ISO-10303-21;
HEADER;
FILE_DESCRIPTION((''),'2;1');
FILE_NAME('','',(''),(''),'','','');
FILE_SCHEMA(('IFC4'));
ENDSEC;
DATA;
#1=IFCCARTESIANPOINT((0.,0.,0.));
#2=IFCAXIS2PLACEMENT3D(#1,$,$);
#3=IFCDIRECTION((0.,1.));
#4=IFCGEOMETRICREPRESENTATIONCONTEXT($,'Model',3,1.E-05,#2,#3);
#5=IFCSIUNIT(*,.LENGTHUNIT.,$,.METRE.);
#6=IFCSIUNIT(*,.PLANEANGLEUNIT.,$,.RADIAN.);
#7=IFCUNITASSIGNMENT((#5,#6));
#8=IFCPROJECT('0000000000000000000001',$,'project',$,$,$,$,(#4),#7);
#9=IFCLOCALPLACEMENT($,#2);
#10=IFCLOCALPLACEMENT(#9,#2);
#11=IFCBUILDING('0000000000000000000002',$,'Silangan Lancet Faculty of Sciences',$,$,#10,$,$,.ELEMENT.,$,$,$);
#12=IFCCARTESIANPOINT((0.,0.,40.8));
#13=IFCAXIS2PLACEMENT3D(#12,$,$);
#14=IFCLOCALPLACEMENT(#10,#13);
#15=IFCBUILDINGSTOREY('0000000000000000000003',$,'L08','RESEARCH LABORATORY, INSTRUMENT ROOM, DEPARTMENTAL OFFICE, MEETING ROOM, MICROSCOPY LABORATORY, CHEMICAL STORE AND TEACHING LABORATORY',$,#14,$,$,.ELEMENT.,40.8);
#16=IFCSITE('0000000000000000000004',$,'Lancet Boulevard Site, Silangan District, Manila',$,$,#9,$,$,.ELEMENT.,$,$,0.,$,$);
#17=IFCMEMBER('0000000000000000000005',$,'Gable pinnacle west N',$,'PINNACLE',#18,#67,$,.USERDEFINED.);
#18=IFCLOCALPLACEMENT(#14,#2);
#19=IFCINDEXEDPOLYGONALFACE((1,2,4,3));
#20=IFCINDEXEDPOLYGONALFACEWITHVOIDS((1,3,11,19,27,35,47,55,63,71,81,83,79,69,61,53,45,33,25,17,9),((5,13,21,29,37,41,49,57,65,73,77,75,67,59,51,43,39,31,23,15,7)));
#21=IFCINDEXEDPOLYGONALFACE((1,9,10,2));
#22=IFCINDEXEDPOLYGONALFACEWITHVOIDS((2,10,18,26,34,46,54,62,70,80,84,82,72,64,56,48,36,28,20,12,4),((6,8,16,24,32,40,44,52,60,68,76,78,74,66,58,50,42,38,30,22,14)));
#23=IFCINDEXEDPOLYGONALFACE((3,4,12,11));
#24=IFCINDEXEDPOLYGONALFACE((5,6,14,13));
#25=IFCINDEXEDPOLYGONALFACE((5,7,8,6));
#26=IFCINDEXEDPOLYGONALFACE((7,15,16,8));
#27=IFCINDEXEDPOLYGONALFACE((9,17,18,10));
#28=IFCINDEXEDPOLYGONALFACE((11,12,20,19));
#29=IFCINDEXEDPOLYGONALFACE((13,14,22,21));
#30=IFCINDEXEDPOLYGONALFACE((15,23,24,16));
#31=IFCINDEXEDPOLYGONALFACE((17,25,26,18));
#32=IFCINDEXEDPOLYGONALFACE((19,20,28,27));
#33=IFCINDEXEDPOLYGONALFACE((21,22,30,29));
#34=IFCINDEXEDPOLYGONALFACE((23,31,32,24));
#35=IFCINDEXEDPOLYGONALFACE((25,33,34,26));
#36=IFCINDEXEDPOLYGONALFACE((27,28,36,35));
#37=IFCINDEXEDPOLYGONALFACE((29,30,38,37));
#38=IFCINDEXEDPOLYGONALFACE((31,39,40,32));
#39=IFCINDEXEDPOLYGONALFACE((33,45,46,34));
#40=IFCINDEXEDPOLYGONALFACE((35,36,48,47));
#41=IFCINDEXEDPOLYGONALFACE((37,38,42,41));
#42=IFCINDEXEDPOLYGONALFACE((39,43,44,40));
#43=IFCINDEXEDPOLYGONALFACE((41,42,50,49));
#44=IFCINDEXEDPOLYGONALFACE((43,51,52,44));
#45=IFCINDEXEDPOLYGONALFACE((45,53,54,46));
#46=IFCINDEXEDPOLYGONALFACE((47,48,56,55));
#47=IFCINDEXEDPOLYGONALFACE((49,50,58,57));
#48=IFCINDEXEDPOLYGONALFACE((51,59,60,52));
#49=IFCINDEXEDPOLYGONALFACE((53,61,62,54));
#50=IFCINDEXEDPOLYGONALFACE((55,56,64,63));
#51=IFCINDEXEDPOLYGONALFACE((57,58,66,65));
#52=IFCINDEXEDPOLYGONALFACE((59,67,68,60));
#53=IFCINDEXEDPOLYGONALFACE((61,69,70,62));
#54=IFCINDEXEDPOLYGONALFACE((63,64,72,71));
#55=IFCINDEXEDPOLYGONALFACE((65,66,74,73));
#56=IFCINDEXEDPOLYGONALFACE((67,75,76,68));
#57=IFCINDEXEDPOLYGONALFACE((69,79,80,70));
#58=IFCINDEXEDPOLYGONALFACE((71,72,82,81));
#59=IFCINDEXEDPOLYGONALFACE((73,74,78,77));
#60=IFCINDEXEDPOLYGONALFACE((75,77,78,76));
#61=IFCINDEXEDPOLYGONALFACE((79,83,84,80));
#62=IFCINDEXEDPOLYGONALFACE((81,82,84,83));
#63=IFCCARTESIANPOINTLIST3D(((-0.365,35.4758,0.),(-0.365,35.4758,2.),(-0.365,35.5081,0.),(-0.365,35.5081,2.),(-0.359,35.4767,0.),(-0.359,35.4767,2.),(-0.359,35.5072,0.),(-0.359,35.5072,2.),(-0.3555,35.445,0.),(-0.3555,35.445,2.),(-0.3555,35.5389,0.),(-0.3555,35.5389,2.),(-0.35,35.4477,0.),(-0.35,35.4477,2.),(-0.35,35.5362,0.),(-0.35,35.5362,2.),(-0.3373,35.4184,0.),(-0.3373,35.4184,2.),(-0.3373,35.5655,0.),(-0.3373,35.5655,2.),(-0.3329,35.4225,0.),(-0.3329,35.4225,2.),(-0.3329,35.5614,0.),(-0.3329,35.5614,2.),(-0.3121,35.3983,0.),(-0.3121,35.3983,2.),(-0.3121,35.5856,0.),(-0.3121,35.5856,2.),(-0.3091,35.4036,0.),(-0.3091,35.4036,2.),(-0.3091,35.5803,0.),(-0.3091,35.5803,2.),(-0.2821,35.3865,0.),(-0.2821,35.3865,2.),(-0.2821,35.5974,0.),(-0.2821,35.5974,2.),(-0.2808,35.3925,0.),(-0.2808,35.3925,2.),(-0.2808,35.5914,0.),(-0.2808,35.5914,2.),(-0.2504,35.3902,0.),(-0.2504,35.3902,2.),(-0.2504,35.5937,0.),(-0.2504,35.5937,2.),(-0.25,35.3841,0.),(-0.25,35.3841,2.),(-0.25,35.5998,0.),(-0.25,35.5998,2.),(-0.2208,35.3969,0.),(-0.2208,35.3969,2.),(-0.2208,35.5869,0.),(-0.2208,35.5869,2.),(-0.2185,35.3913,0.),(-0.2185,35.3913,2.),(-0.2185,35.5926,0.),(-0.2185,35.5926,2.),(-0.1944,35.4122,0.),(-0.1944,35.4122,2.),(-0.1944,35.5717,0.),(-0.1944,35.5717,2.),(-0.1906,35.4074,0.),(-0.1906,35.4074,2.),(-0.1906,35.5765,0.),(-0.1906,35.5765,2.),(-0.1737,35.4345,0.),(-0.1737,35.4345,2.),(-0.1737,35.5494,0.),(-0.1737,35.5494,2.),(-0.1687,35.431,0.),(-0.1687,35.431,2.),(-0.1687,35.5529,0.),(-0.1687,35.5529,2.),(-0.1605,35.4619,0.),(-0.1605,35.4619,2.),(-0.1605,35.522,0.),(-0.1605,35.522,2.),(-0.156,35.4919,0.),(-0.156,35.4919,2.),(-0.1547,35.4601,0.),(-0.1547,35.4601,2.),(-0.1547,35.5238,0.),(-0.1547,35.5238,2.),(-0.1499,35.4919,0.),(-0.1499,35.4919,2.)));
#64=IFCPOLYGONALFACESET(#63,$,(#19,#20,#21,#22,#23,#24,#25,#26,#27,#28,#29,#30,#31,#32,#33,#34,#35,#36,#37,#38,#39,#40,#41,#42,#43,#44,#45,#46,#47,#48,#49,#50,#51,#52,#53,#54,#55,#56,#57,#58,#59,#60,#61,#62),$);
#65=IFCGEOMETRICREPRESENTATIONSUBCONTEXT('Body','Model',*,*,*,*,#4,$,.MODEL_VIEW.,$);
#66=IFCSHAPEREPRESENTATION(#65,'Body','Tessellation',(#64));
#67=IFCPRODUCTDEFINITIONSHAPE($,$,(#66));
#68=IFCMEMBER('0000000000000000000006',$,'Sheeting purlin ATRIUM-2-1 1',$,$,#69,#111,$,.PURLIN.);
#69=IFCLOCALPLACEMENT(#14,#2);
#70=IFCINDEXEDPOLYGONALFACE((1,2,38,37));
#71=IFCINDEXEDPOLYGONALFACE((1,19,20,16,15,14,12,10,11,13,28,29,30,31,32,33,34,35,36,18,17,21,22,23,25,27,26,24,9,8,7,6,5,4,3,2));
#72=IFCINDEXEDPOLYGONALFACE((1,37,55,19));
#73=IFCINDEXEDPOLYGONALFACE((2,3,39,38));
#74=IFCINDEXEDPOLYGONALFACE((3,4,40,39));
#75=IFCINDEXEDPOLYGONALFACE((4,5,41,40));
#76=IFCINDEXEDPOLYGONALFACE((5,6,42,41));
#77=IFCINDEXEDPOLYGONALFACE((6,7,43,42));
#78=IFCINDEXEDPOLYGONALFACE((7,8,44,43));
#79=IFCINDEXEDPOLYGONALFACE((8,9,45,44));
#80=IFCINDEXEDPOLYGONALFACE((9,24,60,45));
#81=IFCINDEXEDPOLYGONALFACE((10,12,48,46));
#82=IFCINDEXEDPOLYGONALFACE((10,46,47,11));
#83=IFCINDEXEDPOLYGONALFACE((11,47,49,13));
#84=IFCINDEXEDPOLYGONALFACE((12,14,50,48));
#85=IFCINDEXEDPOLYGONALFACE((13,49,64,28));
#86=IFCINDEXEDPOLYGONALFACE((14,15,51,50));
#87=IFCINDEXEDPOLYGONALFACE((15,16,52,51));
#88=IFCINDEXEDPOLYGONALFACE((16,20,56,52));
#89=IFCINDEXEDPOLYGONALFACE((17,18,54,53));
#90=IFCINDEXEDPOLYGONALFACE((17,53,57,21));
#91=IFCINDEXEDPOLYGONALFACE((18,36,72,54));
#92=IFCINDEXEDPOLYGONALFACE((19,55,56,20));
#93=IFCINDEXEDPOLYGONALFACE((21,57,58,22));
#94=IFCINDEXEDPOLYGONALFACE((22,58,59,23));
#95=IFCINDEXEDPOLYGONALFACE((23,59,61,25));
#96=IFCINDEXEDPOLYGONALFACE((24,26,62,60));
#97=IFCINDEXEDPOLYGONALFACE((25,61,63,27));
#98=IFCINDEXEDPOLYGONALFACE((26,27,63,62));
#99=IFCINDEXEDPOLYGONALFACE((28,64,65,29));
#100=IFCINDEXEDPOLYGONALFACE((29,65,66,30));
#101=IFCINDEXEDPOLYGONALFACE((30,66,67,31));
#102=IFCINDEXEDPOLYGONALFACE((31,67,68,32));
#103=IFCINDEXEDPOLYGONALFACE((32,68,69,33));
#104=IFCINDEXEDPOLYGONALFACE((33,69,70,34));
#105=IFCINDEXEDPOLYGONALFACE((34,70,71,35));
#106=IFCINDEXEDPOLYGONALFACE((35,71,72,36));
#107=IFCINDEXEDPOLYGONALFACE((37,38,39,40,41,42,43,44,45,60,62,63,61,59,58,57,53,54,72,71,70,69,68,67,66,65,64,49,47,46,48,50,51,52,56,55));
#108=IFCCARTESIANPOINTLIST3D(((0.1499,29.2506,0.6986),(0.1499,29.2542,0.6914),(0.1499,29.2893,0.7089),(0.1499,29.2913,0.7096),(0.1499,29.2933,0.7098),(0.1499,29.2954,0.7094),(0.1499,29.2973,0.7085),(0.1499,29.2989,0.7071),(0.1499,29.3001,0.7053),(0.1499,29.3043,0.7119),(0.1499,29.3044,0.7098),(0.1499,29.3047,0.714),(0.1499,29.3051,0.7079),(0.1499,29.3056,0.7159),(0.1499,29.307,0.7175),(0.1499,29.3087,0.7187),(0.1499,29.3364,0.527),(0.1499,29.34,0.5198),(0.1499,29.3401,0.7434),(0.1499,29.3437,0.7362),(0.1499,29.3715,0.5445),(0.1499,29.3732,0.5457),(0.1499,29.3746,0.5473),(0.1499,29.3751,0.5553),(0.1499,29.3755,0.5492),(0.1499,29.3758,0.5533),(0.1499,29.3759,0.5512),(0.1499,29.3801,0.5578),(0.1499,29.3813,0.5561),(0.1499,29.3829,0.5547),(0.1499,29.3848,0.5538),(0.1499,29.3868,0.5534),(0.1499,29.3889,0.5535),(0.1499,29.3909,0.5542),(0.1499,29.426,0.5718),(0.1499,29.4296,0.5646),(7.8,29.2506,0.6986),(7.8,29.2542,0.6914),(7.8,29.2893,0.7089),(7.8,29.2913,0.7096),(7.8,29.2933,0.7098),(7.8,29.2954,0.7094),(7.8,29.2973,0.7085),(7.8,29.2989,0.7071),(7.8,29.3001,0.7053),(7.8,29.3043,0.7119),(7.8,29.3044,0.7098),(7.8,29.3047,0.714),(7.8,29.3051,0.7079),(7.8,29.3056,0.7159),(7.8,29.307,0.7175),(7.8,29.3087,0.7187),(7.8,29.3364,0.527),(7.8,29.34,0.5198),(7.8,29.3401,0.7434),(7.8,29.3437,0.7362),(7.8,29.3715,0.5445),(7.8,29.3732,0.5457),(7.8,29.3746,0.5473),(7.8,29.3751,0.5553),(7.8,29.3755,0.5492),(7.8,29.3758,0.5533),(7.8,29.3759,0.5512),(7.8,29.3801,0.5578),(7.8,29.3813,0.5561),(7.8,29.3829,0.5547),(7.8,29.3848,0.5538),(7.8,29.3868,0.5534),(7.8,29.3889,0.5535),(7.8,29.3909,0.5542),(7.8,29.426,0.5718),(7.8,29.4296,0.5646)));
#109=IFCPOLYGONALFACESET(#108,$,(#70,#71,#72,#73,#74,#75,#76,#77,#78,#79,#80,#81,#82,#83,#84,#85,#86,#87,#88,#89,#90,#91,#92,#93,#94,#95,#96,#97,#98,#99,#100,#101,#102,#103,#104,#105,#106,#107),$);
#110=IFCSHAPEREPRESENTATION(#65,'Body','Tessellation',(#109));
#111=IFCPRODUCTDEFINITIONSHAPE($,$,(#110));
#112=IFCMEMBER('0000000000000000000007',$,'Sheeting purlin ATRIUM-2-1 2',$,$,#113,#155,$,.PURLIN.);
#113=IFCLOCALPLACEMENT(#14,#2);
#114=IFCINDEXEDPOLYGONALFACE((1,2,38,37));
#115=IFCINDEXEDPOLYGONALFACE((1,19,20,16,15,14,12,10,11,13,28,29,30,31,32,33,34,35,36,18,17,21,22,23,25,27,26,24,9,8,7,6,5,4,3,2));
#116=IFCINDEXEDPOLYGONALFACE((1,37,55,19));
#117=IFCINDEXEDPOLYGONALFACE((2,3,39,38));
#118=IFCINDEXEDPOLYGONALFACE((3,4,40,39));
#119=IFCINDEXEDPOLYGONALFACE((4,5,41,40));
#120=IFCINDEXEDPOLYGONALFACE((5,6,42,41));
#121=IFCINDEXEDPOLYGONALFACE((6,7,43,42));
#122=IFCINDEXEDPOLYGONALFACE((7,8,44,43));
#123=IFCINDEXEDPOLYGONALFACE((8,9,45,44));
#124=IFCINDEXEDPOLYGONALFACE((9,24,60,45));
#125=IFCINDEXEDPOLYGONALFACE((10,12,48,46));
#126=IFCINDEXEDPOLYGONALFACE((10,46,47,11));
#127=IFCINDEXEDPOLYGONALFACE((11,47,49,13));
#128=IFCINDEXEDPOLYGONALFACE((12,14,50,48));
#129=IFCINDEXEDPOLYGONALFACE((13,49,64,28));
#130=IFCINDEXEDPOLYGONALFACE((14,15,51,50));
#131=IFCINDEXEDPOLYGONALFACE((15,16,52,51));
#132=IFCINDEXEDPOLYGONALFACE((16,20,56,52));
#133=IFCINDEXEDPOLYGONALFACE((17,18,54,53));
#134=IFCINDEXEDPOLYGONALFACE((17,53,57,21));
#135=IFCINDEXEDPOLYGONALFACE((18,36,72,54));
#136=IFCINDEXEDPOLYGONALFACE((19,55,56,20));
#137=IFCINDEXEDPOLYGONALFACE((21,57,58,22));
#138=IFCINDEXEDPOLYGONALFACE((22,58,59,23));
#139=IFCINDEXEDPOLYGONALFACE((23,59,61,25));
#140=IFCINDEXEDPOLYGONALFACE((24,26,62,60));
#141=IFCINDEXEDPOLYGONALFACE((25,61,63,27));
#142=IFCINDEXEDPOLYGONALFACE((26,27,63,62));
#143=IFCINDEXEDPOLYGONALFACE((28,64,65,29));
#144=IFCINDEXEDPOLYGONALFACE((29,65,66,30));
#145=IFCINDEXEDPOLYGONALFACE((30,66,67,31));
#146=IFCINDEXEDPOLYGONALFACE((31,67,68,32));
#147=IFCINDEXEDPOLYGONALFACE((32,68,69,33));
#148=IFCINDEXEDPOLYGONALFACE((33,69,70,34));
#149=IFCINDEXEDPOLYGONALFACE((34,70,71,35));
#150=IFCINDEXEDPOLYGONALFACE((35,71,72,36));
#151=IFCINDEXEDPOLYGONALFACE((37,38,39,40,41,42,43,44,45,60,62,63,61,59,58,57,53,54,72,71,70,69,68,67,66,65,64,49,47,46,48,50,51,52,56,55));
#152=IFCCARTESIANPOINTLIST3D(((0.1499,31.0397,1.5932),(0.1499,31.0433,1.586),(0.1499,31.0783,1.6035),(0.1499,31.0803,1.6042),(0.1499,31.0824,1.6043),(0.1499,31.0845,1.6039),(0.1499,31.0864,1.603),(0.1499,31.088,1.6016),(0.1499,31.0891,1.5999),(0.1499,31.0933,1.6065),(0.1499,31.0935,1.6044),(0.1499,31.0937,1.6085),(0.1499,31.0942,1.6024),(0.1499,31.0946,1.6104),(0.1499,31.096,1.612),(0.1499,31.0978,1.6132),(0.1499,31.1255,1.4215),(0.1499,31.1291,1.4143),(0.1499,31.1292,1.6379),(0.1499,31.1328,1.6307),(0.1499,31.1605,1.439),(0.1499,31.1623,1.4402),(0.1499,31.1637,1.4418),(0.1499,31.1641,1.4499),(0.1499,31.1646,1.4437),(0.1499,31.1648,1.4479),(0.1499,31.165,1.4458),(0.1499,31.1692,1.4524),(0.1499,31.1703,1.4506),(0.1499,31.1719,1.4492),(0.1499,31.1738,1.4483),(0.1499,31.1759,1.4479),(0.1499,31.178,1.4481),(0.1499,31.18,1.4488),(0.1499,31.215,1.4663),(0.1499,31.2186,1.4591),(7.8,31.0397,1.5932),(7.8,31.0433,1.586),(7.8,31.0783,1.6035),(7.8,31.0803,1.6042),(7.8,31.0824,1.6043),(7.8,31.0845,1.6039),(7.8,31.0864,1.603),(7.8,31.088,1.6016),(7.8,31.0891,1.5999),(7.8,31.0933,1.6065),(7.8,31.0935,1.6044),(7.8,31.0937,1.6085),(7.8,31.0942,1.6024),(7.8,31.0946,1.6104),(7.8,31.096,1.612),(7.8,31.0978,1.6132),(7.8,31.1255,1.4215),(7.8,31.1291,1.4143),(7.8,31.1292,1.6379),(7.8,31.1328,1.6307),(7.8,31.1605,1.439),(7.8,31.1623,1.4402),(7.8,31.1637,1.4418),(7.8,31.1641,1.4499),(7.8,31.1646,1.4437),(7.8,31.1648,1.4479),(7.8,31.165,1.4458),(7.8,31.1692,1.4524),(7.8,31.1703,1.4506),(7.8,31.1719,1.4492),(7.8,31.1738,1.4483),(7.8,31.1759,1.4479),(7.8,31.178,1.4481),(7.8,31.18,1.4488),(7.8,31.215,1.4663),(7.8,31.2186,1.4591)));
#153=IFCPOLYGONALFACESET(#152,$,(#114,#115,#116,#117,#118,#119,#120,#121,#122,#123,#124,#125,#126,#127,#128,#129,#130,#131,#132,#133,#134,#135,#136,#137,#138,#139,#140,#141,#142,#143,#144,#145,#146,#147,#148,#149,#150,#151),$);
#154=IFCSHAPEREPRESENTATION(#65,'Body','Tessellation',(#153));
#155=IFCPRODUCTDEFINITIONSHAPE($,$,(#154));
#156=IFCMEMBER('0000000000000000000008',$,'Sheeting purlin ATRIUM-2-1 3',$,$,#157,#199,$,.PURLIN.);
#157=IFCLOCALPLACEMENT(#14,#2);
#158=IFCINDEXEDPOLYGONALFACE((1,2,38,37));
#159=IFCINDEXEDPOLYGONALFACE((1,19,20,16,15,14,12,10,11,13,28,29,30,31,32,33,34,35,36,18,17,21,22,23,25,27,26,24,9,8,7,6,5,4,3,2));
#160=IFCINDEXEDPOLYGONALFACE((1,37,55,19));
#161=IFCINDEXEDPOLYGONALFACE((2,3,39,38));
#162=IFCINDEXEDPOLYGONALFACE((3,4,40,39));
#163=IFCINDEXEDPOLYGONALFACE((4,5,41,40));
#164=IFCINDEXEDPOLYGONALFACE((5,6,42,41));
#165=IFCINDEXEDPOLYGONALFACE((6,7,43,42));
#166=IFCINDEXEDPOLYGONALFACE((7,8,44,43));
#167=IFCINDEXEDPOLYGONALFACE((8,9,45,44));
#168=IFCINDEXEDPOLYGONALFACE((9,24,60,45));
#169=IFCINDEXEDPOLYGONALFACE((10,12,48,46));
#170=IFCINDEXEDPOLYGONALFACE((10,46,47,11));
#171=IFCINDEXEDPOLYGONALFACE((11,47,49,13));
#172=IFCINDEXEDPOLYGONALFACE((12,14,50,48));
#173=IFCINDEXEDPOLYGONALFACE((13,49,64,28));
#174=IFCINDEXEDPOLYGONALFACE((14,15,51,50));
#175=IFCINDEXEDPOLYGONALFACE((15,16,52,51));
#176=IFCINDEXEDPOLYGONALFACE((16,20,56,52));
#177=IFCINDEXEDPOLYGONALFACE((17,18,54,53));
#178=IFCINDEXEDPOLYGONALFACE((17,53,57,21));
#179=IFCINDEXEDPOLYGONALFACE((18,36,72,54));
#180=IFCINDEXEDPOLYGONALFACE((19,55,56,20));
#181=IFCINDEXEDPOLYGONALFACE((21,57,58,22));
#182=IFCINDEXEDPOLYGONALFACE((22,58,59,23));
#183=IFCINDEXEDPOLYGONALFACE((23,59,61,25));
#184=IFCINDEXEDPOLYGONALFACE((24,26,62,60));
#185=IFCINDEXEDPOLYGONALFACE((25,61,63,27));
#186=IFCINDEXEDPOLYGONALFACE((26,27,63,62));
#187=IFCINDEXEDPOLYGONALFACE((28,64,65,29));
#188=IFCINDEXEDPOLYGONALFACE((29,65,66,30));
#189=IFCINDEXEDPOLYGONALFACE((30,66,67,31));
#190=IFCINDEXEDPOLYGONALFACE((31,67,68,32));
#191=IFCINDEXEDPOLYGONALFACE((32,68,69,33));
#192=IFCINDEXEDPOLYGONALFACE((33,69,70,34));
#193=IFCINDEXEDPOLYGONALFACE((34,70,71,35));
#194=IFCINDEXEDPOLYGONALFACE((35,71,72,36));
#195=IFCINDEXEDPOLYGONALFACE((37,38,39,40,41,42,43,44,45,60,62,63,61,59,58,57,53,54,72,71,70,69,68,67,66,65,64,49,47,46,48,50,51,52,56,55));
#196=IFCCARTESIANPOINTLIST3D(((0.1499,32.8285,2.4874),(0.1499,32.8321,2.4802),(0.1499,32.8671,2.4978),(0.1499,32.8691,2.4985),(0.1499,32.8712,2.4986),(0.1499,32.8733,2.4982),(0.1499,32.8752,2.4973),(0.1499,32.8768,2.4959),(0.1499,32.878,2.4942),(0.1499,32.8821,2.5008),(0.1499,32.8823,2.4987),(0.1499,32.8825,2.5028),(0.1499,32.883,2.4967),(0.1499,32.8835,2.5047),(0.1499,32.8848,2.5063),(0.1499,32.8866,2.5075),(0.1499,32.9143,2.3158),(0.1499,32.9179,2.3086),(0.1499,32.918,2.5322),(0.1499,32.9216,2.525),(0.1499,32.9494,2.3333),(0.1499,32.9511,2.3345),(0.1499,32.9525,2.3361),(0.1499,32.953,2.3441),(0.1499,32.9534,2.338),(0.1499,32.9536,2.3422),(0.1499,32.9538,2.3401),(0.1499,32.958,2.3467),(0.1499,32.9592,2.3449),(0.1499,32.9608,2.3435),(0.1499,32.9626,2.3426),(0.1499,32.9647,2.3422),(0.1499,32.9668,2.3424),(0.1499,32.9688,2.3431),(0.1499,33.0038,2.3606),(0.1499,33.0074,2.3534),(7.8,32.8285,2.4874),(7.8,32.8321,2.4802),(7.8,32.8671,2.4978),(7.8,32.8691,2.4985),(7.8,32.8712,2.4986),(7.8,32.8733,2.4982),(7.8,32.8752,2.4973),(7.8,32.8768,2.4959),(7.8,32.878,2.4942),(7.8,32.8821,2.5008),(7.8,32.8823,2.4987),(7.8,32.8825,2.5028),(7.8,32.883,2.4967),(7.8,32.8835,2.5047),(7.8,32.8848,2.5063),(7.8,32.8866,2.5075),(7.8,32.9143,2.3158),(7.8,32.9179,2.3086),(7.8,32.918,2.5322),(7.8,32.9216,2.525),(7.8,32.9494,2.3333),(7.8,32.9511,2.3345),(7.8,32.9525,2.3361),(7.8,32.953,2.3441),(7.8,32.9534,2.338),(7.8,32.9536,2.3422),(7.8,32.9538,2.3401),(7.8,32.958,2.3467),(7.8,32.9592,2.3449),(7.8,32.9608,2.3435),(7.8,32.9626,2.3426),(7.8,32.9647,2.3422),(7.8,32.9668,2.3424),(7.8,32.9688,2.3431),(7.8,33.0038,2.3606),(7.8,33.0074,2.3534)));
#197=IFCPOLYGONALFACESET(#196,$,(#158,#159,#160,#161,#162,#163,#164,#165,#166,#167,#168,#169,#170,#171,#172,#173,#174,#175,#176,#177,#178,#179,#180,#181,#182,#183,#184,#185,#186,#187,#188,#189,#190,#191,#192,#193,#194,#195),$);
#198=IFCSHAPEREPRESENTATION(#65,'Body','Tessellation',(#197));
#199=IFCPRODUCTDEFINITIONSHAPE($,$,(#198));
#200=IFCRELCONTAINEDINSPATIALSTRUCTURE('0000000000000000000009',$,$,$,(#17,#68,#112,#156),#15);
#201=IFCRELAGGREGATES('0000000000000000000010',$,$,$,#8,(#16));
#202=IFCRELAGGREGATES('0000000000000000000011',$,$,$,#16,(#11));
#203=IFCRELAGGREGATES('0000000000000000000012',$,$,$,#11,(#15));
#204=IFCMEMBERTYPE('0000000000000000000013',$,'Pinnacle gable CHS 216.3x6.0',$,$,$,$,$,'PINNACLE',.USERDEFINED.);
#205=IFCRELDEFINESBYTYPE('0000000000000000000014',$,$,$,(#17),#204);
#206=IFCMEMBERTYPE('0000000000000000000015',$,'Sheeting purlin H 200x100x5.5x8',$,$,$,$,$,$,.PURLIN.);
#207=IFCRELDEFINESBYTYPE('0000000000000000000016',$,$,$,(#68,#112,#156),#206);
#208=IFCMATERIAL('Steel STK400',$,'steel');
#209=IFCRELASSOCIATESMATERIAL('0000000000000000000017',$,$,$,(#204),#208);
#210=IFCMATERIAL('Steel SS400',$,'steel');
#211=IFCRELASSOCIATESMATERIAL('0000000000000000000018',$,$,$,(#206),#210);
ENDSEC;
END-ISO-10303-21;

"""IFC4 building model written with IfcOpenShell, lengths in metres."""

from ifc_helpers import new_model, si_unit, direction, frame, origin, origin_2d, place, context, subcontext, project, spatial, hollow_circle, i_section, extrude, material, material_profile, profile_set, type_object, element, save


model = new_model("IFC4")

# Units and contexts
model_context = context("Model", 3, precision=1e-05, world=origin(), true_north=direction((0.0, 1.0)))
body_context = subcontext(model_context, "Body", "Model", "MODEL_VIEW")
ifc_project = project(units=[si_unit("LENGTHUNIT", "METRE"), si_unit("PLANEANGLEUNIT", "RADIAN")], contexts=[model_context])

# Site, building, storey
site_placement = place(None, origin())
site = spatial("IfcSite", under=ifc_project, at=site_placement, Name="Lancet Boulevard Site, Silangan District, Manila", CompositionType="ELEMENT", RefElevation=0.0)
building_placement = place(site_placement, origin())
building = spatial("IfcBuilding", under=site, at=building_placement, Name="Silangan Lancet Faculty of Sciences", CompositionType="ELEMENT")
storey_placement = place(building_placement, frame((0.0, 0.0, 40.8)))
storey = spatial("IfcBuildingStorey", under=building, at=storey_placement, Name="L08", Description="RESEARCH LABORATORY, INSTRUMENT ROOM, DEPARTMENTAL OFFICE, MEETING ROOM, MICROSCOPY LABORATORY, CHEMICAL STORE AND TEACHING LABORATORY", CompositionType="ELEMENT", Elevation=40.8)

# Members
ifc_material_1 = material(Name="Steel STK400", Category="steel")
ifc_material_profile_1 = material_profile(ifc_material_1, hollow_circle(Radius=0.1082, WallThickness=0.0061, at=origin_2d()), Name="CHS 216.3x6.0")
ifc_profile_set_1 = profile_set([ifc_material_profile_1], Name="Steel STK400")
member_type_1 = type_object("IfcMemberType", Name="Pinnacle gable CHS 216.3x6.0", ElementType="PINNACLE", PredefinedType="USERDEFINED", material=ifc_profile_set_1)
member_1_placement = place(storey_placement, frame((-0.2581, 35.4919, 0.0), z_axis=(0.0, 0.0, 1.0), x_axis=(1.0, 0.0, 0.0)))
element("IfcMember", 1, at=member_1_placement, inside=storey, type_object=member_type_1, Name="Gable pinnacle west N", ObjectType="PINNACLE", PredefinedType="USERDEFINED", context=body_context, shape_type="SweptSolid", body=[
    extrude(hollow_circle(Radius=0.1082, WallThickness=0.0061, at=origin_2d()), origin(), (0.0, 0.0, 1.0), 2.0),
])
ifc_material_2 = material(Name="Steel SS400", Category="steel")
ifc_material_profile_2 = material_profile(ifc_material_2, i_section(OverallWidth=0.1001, OverallDepth=0.2, WebThickness=0.0056, FlangeThickness=0.0081, FilletRadius=0.0081, at=origin_2d()), Name="H 200x100x5.5x8")
ifc_profile_set_2 = profile_set([ifc_material_profile_2], Name="Steel SS400")
member_type_2 = type_object("IfcMemberType", Name="Sheeting purlin H 200x100x5.5x8", PredefinedType="PURLIN", material=ifc_profile_set_2)
for number, where, z_axis, x_axis, name in (
    (2, (0.1499, 29.3401, 0.6316), (1.0, 0.0, 0.0), (0.0, 0.894427, 0.447214), "Sheeting purlin ATRIUM-2-1 1"),
    (3, (0.1499, 31.1292, 1.5261), (1.0, 0.0, 0.0), (0.0, 0.894427, 0.447214), "Sheeting purlin ATRIUM-2-1 2"),
    (4, (0.1499, 32.918, 2.4204), (1.0, 0.0, 0.0), (0.0, 0.894427, 0.447214), "Sheeting purlin ATRIUM-2-1 3"),
):
    element("IfcMember", number, at=place(storey_placement, frame(where, z_axis=z_axis, x_axis=x_axis)), inside=storey, type_object=member_type_2, Name=name, PredefinedType="PURLIN", context=body_context, shape_type="SweptSolid", body=[
        extrude(i_section(OverallWidth=0.1001, OverallDepth=0.2, WebThickness=0.0056, FlangeThickness=0.0081, FilletRadius=0.0081, at=origin_2d()), origin(), (0.0, 0.0, 1.0), 7.6501),
    ])

save(model, "model.ifc")
